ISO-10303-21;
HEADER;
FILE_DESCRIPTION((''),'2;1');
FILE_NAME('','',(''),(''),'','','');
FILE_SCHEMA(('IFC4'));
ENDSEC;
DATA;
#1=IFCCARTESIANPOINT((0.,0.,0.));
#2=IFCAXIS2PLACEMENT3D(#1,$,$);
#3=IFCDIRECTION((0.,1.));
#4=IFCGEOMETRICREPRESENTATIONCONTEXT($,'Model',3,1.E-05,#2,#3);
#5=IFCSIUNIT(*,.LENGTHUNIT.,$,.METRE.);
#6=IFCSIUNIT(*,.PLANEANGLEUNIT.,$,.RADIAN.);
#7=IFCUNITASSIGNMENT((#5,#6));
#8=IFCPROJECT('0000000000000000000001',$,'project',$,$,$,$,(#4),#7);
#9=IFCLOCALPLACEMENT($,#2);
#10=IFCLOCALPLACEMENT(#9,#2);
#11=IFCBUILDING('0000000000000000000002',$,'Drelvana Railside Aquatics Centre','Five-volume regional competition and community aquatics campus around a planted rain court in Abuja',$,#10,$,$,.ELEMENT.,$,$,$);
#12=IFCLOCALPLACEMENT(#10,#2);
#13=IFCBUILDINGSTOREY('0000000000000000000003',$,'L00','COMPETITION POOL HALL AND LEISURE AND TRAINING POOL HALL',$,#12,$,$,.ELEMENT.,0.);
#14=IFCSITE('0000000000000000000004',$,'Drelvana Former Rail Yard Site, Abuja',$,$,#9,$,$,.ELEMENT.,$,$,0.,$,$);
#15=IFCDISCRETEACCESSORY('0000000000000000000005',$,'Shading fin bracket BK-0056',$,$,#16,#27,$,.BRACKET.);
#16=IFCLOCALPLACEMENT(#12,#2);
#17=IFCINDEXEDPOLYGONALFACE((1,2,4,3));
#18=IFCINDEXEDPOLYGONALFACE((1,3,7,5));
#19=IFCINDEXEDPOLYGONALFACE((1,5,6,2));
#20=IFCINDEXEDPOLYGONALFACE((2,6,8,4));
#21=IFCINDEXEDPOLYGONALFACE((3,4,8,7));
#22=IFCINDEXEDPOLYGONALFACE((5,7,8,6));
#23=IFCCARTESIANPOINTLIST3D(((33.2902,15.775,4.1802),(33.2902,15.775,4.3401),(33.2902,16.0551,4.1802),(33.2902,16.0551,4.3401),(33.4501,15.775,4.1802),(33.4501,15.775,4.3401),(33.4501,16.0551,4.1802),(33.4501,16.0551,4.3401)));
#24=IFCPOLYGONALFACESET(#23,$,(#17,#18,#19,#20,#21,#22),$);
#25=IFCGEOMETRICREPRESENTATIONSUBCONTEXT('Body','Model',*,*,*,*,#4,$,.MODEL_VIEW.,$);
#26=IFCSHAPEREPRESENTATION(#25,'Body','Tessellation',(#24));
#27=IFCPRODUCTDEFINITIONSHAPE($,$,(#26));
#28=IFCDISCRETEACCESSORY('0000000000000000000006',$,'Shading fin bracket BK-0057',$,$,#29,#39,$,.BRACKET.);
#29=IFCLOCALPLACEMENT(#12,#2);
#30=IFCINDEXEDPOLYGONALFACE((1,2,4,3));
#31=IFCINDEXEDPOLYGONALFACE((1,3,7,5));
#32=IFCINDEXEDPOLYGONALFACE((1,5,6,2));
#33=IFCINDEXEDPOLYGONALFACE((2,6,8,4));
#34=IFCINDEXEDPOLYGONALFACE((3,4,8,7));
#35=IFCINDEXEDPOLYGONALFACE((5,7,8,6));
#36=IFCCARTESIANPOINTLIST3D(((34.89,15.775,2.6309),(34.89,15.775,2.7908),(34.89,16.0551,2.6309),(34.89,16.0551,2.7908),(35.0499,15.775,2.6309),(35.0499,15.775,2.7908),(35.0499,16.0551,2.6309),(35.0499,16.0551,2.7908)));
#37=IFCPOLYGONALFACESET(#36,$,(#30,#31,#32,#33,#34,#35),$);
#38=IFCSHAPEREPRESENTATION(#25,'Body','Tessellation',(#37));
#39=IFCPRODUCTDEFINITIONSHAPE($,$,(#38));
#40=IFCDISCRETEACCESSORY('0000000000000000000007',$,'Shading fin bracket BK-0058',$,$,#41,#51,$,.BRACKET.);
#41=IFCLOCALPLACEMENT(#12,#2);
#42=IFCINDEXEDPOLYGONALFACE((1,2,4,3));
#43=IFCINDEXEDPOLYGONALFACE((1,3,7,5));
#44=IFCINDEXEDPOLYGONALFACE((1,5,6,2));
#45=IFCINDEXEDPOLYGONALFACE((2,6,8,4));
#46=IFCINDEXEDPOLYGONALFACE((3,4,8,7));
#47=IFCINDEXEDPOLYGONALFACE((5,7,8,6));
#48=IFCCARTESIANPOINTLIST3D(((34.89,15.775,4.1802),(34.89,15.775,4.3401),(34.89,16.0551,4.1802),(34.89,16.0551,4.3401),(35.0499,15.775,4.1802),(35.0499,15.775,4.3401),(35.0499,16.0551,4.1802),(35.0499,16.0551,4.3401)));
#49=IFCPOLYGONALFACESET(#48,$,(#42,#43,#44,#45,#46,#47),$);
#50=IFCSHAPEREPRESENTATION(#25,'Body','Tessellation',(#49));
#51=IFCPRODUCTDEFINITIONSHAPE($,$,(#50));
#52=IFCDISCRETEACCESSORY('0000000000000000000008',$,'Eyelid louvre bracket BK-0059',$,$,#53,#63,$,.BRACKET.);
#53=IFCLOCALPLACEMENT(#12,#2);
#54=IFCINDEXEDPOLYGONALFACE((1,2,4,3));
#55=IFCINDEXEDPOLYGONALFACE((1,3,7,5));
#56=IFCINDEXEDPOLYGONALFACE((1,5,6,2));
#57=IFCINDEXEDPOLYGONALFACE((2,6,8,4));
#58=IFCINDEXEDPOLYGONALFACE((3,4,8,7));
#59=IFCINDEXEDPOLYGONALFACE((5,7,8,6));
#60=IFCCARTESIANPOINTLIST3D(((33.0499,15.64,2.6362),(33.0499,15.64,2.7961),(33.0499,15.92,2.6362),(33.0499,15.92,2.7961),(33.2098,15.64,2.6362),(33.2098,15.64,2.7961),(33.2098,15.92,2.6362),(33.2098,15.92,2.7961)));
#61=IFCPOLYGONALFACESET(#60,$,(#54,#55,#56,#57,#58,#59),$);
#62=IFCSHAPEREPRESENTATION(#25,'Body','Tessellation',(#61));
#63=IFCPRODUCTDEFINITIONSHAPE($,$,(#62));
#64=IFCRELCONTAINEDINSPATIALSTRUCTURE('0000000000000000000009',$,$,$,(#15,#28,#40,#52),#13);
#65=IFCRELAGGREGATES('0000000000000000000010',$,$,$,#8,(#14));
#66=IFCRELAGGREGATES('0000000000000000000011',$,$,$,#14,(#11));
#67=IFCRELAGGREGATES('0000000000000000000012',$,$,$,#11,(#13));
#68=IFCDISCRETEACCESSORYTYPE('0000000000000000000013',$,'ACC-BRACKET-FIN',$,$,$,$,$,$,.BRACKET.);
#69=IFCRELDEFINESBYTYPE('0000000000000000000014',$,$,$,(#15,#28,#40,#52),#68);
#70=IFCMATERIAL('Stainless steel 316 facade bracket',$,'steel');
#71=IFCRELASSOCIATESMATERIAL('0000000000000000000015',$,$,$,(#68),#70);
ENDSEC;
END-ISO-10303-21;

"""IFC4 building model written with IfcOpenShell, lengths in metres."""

from ifc_helpers import new_model, si_unit, direction, frame, origin, origin_2d, place, context, subcontext, project, spatial, rectangle, extrude, material, type_object, element, save


model = new_model("IFC4")

# Units and contexts
model_context = context("Model", 3, precision=1e-05, world=origin(), true_north=direction((0.0, 1.0)))
body_context = subcontext(model_context, "Body", "Model", "MODEL_VIEW")
ifc_project = project(units=[si_unit("LENGTHUNIT", "METRE"), si_unit("PLANEANGLEUNIT", "RADIAN")], contexts=[model_context])

# Site, building, storey
site_placement = place(None, origin())
site = spatial("IfcSite", under=ifc_project, at=site_placement, Name="Drelvana Former Rail Yard Site, Abuja", CompositionType="ELEMENT", RefElevation=0.0)
building_placement = place(site_placement, origin())
building = spatial("IfcBuilding", under=site, at=building_placement, Name="Drelvana Railside Aquatics Centre", Description="Five-volume regional competition and community aquatics campus around a planted rain court in Abuja", CompositionType="ELEMENT")
storey_placement = place(building_placement, origin())
storey = spatial("IfcBuildingStorey", under=building, at=storey_placement, Name="L00", Description="COMPETITION POOL HALL AND LEISURE AND TRAINING POOL HALL", CompositionType="ELEMENT", Elevation=0.0)

# Discrete accessories
ifc_material_1 = material(Name="Stainless steel 316 facade bracket", Category="steel")
discrete_accessory_type = type_object("IfcDiscreteAccessoryType", Name="ACC-BRACKET-FIN", PredefinedType="BRACKET", material=ifc_material_1)
for number, where, z_axis, x_axis, name in (
    (1, (33.3701, 15.915, 4.1802), (0.0, 0.0, 1.0), (0.0, -1.0, 0.0), "Shading fin bracket BK-0056"),
    (2, (34.97, 15.915, 2.6309), (0.0, 0.0, 1.0), (0.0, -1.0, 0.0), "Shading fin bracket BK-0057"),
    (3, (34.97, 15.915, 4.1802), (0.0, 0.0, 1.0), (0.0, -1.0, 0.0), "Shading fin bracket BK-0058"),
):
    element("IfcDiscreteAccessory", number, at=place(storey_placement, frame(where, z_axis=z_axis, x_axis=x_axis)), inside=storey, type_object=discrete_accessory_type, Name=name, PredefinedType="BRACKET", context=body_context, shape_type="SweptSolid", body=[
        extrude(rectangle(XDim=0.28, YDim=0.1599, at=origin_2d()), origin(), (0.0, 0.0, 1.0), 0.1599),
    ])
discrete_accessory_placement = place(storey_placement, frame((33.1299, 15.78, 2.6362), z_axis=(0.0, 0.0, 1.0), x_axis=(1.0, 0.0, 0.0)))
element("IfcDiscreteAccessory", 4, at=discrete_accessory_placement, inside=storey, type_object=discrete_accessory_type, Name="Eyelid louvre bracket BK-0059", PredefinedType="BRACKET", context=body_context, shape_type="SweptSolid", body=[
    extrude(rectangle(XDim=0.1599, YDim=0.28, at=origin_2d()), origin(), (0.0, 0.0, 1.0), 0.1599),
])

save(model, "model.ifc")
